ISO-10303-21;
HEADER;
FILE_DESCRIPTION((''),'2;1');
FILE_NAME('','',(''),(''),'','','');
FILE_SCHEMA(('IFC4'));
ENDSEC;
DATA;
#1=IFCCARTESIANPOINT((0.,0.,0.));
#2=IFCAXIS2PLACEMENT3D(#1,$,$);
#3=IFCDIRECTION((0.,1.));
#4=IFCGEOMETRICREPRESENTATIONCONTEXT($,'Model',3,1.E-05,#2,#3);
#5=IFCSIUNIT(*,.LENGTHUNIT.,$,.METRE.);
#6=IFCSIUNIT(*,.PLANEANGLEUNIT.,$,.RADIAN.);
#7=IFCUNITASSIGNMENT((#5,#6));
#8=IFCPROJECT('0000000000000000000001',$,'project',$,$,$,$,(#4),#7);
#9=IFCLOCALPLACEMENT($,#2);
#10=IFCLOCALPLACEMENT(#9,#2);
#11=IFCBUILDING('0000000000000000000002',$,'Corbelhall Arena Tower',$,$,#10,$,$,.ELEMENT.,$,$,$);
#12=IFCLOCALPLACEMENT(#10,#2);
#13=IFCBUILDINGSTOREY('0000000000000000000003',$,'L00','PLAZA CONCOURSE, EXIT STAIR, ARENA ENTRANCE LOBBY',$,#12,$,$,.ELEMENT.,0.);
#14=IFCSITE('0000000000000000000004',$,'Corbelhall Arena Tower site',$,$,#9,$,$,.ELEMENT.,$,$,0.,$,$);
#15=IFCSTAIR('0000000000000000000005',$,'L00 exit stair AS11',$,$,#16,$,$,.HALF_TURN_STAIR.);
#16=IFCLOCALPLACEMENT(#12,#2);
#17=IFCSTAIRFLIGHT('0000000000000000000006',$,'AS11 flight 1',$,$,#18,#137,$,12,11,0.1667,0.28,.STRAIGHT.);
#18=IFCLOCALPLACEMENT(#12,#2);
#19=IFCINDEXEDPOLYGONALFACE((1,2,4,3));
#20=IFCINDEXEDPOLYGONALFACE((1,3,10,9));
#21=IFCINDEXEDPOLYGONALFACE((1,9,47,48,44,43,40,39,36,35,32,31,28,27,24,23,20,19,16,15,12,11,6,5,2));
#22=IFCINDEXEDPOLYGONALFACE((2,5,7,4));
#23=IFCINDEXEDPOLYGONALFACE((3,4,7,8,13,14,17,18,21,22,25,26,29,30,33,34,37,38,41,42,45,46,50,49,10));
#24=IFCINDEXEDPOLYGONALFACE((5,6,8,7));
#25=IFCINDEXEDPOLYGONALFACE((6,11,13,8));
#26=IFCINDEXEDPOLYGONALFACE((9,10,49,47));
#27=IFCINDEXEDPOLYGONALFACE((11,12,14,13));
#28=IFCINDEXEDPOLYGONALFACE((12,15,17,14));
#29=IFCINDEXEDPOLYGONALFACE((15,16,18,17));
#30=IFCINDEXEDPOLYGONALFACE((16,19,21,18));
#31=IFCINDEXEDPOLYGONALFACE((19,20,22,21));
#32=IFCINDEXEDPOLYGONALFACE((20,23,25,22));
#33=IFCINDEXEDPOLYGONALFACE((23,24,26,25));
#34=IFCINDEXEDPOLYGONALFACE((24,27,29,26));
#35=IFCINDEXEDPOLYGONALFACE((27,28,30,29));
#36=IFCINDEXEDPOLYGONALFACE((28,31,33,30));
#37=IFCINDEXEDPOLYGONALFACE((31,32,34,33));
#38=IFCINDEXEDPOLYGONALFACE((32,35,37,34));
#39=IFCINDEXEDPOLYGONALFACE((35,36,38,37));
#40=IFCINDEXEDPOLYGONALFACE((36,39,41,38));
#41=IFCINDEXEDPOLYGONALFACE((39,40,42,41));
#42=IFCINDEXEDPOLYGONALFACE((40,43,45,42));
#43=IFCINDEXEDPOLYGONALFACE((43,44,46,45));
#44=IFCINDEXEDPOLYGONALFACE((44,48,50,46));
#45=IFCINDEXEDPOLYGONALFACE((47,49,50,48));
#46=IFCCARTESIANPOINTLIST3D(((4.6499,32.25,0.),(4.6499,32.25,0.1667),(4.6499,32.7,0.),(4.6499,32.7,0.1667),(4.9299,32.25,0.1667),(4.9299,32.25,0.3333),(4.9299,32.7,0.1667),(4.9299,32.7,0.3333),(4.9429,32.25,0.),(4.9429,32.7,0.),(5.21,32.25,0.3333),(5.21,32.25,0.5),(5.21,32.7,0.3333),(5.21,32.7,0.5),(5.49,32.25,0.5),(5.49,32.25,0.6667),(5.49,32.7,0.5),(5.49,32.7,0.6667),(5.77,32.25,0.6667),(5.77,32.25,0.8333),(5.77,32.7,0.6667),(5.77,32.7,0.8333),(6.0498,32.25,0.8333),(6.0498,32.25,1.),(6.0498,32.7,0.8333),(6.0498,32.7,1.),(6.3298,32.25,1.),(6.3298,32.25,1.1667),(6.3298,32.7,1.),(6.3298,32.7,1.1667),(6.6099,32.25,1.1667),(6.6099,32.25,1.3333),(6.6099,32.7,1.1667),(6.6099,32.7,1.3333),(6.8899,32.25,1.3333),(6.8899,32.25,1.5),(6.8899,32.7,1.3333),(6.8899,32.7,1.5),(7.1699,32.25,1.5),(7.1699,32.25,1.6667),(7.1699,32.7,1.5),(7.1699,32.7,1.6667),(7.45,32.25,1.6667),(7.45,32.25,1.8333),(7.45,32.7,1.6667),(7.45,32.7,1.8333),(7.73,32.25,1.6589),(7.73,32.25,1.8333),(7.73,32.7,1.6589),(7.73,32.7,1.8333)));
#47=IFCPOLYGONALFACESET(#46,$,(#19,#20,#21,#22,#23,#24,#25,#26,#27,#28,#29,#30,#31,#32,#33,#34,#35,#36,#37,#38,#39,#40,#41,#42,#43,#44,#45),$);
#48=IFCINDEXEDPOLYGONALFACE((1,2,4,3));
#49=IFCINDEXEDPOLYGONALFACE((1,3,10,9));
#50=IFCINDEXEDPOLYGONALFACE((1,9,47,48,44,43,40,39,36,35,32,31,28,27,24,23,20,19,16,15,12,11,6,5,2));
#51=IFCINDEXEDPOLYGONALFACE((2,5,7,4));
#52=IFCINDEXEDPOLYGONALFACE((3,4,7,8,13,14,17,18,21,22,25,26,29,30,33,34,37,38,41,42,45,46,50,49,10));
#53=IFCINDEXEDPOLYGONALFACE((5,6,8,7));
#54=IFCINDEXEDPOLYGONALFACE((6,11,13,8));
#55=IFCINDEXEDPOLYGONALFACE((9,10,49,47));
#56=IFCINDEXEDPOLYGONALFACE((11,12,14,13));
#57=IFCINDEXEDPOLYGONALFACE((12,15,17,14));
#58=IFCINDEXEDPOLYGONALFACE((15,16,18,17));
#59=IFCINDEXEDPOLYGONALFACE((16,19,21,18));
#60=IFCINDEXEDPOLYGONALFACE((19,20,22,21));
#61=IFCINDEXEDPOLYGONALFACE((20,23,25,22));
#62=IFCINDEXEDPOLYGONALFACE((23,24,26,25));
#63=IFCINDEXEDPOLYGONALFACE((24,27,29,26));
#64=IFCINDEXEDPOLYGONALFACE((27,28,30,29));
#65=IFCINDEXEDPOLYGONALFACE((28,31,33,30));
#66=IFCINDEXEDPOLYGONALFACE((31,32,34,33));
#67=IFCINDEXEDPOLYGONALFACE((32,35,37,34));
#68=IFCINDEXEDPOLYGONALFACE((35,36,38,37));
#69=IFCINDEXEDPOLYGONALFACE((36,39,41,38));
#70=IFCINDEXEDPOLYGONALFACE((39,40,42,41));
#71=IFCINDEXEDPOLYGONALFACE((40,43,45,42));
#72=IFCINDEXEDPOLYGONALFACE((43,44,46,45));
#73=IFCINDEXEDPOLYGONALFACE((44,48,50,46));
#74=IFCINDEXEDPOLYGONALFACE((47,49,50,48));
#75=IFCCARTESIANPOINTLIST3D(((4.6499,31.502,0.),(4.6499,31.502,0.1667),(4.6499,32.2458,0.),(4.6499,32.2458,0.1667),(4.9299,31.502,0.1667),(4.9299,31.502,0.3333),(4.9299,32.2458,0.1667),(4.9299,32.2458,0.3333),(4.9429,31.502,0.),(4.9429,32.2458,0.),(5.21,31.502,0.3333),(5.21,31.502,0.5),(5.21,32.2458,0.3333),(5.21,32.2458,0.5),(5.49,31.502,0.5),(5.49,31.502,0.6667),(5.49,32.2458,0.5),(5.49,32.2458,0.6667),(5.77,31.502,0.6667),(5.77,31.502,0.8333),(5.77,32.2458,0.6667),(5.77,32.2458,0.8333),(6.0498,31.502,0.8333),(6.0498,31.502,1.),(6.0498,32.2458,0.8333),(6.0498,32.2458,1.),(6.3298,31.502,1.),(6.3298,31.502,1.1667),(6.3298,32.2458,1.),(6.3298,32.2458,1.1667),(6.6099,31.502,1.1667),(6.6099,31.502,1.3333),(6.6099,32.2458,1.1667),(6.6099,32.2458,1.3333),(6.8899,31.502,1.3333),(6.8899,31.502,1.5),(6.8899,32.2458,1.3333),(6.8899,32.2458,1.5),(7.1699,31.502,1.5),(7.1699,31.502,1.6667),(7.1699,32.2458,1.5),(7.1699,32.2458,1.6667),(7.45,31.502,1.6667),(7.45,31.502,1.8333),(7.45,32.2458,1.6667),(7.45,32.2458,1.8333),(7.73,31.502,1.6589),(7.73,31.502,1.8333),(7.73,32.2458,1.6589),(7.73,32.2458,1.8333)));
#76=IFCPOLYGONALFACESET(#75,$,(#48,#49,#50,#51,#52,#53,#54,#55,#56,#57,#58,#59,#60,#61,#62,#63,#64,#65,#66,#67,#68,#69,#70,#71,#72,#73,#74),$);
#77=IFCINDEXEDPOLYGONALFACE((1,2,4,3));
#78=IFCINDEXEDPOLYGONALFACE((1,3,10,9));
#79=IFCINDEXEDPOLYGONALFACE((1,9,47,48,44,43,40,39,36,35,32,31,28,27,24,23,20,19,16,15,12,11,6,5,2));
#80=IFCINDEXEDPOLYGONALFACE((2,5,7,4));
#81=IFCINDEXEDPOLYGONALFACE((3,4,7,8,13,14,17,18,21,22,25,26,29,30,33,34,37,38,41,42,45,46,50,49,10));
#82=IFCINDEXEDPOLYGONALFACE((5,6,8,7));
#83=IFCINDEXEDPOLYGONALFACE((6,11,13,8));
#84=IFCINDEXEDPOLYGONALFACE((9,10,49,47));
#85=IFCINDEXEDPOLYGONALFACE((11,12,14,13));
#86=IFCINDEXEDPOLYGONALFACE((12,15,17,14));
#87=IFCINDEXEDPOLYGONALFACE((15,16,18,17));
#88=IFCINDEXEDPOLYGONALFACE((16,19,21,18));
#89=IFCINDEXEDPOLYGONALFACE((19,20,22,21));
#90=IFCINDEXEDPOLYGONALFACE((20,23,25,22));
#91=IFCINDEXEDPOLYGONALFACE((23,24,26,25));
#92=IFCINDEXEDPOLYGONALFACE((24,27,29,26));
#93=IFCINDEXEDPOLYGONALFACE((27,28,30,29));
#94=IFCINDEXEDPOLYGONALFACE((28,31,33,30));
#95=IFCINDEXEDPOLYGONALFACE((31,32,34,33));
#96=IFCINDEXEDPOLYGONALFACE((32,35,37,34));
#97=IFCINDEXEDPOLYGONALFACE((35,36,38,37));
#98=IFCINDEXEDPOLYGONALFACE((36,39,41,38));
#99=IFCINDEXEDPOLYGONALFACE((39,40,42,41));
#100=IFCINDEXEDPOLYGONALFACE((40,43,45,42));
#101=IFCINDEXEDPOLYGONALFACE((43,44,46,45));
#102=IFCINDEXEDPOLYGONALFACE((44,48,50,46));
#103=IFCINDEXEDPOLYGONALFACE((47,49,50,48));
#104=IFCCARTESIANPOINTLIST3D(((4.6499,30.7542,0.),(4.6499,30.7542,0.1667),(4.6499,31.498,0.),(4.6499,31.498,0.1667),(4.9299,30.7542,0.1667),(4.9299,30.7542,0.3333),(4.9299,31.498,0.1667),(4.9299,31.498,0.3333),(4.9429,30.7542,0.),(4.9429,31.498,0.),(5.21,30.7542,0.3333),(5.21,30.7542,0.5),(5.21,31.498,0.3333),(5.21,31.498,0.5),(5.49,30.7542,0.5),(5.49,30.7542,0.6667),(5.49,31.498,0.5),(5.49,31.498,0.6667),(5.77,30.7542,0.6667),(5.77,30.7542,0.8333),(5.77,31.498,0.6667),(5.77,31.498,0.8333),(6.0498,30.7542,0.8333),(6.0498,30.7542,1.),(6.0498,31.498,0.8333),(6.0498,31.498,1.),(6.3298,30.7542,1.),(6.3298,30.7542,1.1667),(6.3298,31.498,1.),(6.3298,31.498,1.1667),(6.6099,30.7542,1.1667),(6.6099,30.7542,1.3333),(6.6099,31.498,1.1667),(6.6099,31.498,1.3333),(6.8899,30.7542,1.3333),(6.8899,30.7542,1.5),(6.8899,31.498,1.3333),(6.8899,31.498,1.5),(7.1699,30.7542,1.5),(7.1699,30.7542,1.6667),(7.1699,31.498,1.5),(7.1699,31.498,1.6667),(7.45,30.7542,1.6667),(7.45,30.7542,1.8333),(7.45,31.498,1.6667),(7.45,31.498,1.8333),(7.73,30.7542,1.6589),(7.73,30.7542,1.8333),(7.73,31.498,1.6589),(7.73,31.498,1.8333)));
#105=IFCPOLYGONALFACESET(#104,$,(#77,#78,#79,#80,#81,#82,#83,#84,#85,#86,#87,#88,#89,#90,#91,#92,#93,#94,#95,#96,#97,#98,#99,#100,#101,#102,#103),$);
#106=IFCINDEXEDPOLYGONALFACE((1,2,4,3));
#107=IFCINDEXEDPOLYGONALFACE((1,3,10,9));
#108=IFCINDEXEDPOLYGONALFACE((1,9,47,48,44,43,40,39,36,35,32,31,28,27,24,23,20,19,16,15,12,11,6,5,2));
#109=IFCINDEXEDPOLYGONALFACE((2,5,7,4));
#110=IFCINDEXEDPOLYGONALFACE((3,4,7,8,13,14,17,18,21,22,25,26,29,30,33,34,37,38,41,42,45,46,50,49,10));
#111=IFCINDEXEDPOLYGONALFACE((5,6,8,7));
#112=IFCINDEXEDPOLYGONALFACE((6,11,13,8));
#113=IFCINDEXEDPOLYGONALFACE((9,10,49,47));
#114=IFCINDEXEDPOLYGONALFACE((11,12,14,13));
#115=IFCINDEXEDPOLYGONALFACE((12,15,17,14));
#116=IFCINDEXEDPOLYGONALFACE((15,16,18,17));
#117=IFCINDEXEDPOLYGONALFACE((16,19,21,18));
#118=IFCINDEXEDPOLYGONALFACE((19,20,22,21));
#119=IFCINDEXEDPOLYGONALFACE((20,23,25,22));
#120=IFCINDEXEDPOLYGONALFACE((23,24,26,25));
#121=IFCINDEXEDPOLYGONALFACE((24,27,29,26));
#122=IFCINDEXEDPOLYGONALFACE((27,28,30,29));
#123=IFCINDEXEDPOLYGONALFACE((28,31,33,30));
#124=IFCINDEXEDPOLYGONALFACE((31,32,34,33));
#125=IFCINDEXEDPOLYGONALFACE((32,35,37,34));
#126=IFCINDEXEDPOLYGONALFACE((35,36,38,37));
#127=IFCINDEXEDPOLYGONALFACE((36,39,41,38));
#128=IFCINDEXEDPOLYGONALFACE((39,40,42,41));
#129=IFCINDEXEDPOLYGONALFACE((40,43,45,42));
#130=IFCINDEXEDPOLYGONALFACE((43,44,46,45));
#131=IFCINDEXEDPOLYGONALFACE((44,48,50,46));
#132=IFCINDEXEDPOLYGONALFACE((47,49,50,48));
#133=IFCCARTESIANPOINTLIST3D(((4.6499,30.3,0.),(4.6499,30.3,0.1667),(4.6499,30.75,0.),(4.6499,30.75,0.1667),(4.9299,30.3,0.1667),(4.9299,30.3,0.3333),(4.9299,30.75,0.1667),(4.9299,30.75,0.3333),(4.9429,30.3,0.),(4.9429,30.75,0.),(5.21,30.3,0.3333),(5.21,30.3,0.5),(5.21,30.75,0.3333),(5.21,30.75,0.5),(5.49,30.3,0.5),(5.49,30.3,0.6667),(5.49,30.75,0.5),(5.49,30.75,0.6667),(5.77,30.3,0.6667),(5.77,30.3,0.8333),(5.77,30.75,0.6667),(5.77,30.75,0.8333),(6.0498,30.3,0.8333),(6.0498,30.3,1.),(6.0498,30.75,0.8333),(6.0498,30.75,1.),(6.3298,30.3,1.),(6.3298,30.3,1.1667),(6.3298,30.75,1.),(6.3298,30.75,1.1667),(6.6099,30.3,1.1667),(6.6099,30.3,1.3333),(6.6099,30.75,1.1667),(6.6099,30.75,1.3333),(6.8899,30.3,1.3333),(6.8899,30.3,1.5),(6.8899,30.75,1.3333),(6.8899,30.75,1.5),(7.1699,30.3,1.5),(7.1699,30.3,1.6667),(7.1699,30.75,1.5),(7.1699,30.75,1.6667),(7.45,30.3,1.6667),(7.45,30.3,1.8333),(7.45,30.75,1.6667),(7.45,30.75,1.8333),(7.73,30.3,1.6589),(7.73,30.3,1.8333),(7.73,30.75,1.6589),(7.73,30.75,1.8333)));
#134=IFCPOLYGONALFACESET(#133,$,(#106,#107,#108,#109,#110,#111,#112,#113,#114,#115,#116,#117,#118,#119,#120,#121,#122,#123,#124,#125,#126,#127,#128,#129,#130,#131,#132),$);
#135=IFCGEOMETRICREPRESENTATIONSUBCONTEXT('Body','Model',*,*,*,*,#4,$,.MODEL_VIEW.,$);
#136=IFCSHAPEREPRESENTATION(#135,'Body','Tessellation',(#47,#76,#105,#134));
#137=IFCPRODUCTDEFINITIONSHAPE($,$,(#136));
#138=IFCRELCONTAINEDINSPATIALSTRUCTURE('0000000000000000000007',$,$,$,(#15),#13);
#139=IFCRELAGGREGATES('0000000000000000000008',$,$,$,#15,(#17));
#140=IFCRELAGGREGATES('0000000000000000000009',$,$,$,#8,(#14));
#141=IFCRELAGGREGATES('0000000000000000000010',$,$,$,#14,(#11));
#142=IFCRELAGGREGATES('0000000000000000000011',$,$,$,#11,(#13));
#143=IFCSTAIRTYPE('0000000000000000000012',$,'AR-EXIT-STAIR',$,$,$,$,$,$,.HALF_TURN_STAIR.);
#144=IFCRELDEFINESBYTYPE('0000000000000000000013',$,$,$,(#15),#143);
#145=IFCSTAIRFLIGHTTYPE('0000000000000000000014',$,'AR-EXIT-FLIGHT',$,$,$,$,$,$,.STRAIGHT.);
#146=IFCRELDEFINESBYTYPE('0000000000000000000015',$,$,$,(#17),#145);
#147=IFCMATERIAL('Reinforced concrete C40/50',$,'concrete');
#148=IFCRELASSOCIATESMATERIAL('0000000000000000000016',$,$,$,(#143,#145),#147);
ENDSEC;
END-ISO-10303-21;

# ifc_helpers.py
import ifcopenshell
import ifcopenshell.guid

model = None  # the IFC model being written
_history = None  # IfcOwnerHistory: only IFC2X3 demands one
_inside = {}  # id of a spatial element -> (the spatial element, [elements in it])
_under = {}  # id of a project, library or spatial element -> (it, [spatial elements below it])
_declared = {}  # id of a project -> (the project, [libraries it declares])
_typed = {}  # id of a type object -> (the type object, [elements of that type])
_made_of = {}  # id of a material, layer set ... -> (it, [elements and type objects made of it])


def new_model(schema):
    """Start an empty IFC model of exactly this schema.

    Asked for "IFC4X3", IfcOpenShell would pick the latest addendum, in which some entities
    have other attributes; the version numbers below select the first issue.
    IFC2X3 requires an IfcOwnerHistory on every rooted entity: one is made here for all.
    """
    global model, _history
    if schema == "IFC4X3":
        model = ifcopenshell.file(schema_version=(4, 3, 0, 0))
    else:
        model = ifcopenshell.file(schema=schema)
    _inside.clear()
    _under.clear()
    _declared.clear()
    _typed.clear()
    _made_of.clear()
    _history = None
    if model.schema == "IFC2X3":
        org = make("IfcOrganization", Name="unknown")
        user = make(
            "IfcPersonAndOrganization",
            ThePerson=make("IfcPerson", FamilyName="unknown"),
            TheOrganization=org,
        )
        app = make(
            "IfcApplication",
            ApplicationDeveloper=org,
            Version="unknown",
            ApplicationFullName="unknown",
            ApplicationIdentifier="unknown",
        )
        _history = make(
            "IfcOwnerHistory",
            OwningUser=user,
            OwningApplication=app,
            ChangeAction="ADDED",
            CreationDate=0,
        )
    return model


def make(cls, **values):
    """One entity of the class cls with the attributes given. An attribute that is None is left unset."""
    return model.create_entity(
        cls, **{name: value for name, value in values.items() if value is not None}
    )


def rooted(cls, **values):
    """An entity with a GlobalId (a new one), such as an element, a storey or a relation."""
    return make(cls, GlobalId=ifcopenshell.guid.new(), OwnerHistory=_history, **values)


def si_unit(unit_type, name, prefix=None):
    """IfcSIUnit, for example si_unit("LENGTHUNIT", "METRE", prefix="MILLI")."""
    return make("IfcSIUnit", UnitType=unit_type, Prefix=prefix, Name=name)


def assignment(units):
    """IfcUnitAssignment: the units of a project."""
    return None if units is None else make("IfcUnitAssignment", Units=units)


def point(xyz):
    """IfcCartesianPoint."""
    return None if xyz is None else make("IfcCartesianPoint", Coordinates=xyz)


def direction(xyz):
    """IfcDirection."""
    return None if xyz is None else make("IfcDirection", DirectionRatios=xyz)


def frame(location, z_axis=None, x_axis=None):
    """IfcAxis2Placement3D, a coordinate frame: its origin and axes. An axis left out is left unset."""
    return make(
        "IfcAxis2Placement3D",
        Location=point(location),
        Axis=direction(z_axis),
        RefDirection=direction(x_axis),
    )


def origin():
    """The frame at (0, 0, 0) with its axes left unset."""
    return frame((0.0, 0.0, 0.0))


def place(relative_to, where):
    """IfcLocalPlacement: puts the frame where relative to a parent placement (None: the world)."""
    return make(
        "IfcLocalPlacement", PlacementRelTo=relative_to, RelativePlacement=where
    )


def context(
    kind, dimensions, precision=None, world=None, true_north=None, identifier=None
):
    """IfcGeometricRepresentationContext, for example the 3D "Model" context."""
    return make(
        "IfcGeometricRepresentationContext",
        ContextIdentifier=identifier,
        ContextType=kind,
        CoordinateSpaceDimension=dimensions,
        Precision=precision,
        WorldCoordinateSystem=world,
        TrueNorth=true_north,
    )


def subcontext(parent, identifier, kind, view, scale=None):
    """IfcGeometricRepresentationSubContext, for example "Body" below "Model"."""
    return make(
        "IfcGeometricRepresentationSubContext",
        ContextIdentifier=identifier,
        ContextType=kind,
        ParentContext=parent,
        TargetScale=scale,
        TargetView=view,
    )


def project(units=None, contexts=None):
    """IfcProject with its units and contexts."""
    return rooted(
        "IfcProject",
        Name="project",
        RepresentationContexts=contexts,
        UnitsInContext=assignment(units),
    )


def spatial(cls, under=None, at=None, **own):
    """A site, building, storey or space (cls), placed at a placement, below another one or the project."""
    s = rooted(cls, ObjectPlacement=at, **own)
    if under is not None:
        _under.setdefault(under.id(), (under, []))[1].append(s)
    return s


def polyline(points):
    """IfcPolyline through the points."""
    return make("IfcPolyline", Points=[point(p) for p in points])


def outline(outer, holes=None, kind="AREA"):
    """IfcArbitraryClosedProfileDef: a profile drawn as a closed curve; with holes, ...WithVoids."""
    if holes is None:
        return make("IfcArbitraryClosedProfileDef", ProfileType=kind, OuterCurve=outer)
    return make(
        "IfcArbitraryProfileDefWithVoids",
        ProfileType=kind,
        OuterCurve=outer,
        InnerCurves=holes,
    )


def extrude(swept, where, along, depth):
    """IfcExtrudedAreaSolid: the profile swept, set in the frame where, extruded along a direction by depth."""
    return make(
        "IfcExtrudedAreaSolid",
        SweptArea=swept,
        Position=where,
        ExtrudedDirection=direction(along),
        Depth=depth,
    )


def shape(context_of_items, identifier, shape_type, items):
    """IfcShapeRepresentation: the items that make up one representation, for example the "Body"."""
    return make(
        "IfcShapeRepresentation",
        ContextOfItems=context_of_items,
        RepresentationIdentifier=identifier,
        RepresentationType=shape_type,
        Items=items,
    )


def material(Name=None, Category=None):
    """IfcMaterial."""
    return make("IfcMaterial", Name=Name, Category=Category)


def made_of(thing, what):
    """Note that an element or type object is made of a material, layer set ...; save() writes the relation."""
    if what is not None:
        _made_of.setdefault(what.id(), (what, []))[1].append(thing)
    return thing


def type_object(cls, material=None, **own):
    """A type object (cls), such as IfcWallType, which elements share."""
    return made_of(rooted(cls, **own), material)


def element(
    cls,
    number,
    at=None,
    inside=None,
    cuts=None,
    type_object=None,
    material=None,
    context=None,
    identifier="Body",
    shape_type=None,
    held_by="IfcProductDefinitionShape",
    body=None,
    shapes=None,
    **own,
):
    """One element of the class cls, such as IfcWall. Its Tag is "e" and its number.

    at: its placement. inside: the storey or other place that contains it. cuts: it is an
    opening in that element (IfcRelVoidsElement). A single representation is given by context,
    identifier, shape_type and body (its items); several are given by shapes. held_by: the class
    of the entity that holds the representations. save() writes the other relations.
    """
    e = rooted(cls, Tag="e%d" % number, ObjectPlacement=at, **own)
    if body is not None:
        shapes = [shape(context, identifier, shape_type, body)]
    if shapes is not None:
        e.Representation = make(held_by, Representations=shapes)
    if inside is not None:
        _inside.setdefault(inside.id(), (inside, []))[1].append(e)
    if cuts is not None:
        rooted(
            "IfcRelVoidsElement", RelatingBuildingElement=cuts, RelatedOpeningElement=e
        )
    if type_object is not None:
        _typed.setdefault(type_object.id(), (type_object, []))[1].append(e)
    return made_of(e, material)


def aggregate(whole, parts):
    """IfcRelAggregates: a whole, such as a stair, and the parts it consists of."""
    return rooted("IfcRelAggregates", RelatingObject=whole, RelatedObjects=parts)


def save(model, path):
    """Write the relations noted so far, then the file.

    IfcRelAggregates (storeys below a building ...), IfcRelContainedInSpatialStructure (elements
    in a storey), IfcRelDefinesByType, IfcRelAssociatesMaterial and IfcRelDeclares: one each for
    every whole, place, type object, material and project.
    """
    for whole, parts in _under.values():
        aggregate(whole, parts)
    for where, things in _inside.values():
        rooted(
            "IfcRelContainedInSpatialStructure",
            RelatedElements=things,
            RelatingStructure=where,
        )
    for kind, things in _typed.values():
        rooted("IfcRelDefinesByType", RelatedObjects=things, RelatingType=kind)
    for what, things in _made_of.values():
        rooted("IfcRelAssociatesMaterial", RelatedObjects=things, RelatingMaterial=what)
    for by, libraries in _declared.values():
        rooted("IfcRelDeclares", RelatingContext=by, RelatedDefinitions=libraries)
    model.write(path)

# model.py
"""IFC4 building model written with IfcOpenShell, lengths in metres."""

from ifc_helpers import new_model, si_unit, direction, frame, origin, place, context, subcontext, project, spatial, polyline, outline, extrude, material, type_object, element, aggregate, save


model = new_model("IFC4")

# Units and contexts
model_context = context("Model", 3, precision=1e-05, world=origin(), true_north=direction((0.0, 1.0)))
body_context = subcontext(model_context, "Body", "Model", "MODEL_VIEW")
ifc_project = project(units=[si_unit("LENGTHUNIT", "METRE"), si_unit("PLANEANGLEUNIT", "RADIAN")], contexts=[model_context])

# Site, building, storey
site_placement = place(None, origin())
site = spatial("IfcSite", under=ifc_project, at=site_placement, Name="Corbelhall Arena Tower site", CompositionType="ELEMENT", RefElevation=0.0)
building_placement = place(site_placement, origin())
building = spatial("IfcBuilding", under=site, at=building_placement, Name="Corbelhall Arena Tower", CompositionType="ELEMENT")
storey_placement = place(building_placement, origin())
storey = spatial("IfcBuildingStorey", under=building, at=storey_placement, Name="L00", Description="PLAZA CONCOURSE, EXIT STAIR, ARENA ENTRANCE LOBBY", CompositionType="ELEMENT", Elevation=0.0)

# Shared definitions
ifc_material_1 = material(Name="Reinforced concrete C40/50", Category="concrete")

# Stair, stair flight
stair_type = type_object("IfcStairType", Name="AR-EXIT-STAIR", PredefinedType="HALF_TURN_STAIR", material=ifc_material_1)
stair_1_placement = place(storey_placement, origin())
stair_1 = element("IfcStair", 1, at=stair_1_placement, inside=storey, type_object=stair_type, Name="L00 exit stair AS11", PredefinedType="HALF_TURN_STAIR")
stair_flight_type = type_object("IfcStairFlightType", Name="AR-EXIT-FLIGHT", PredefinedType="STRAIGHT", material=ifc_material_1)
stair_flight_1_placement = place(storey_placement, frame((4.6499, 31.5, 0.0), z_axis=(0.0, 0.0, 1.0), x_axis=(1.0, 0.0, 0.0)))
stair_flight_1 = element("IfcStairFlight", 2, at=stair_flight_1_placement, type_object=stair_flight_type, Name="AS11 flight 1", NumberOfRisers=12, NumberOfTreads=11, PredefinedType="STRAIGHT", RiserHeight=0.1667, TreadLength=0.28, context=body_context, shape_type="SweptSolid", body=[
    extrude(outline(polyline([(0.0, 0.0), (0.0, 0.1667), (0.28, 0.1667), (0.28, 0.3333), (0.5601, 0.3333), (0.5601, 0.5), (0.8401, 0.5), (0.8401, 0.6667), (1.1201, 0.6667), (1.1201, 0.8333), (1.3999, 0.8333), (1.3999, 1.0), (1.6799, 1.0), (1.6799, 1.1667), (1.96, 1.1667), (1.96, 1.3333), (2.24, 1.3333), (2.24, 1.5), (2.52, 1.5), (2.52, 1.6667), (2.8, 1.6667), (2.8, 1.8333), (3.0801, 1.8333), (3.0801, 2.0), (3.0801, 1.6589), (0.293, 0.0), (0.0, 0.0)])), frame((0.0, 1.2, 0.0), z_axis=(0.0, -1.0, 0.0), x_axis=(1.0, 0.0, 0.0)), (0.0, 0.0, 1.0), 0.45),
    extrude(outline(polyline([(0.0, 0.0), (0.0, 0.1667), (0.28, 0.1667), (0.28, 0.3333), (0.5601, 0.3333), (0.5601, 0.5), (0.8401, 0.5), (0.8401, 0.6667), (1.1201, 0.6667), (1.1201, 0.8333), (1.3999, 0.8333), (1.3999, 1.0), (1.6799, 1.0), (1.6799, 1.1667), (1.96, 1.1667), (1.96, 1.3333), (2.24, 1.3333), (2.24, 1.5), (2.52, 1.5), (2.52, 1.6667), (2.8, 1.6667), (2.8, 1.8333), (3.0801, 1.8333), (3.0801, 2.0), (3.0801, 1.6589), (0.293, 0.0), (0.0, 0.0)])), frame((0.0, 0.7458, 0.0), z_axis=(0.0, -1.0, 0.0), x_axis=(1.0, 0.0, 0.0)), (0.0, 0.0, 1.0), 0.7439),
    extrude(outline(polyline([(0.0, 0.0), (0.0, 0.1667), (0.28, 0.1667), (0.28, 0.3333), (0.5601, 0.3333), (0.5601, 0.5), (0.8401, 0.5), (0.8401, 0.6667), (1.1201, 0.6667), (1.1201, 0.8333), (1.3999, 0.8333), (1.3999, 1.0), (1.6799, 1.0), (1.6799, 1.1667), (1.96, 1.1667), (1.96, 1.3333), (2.24, 1.3333), (2.24, 1.5), (2.52, 1.5), (2.52, 1.6667), (2.8, 1.6667), (2.8, 1.8333), (3.0801, 1.8333), (3.0801, 2.0), (3.0801, 1.6589), (0.293, 0.0), (0.0, 0.0)])), frame((0.0, -0.002, 0.0), z_axis=(0.0, -1.0, 0.0), x_axis=(1.0, 0.0, 0.0)), (0.0, 0.0, 1.0), 0.7439),
    extrude(outline(polyline([(0.0, 0.0), (0.0, 0.1667), (0.28, 0.1667), (0.28, 0.3333), (0.5601, 0.3333), (0.5601, 0.5), (0.8401, 0.5), (0.8401, 0.6667), (1.1201, 0.6667), (1.1201, 0.8333), (1.3999, 0.8333), (1.3999, 1.0), (1.6799, 1.0), (1.6799, 1.1667), (1.96, 1.1667), (1.96, 1.3333), (2.24, 1.3333), (2.24, 1.5), (2.52, 1.5), (2.52, 1.6667), (2.8, 1.6667), (2.8, 1.8333), (3.0801, 1.8333), (3.0801, 2.0), (3.0801, 1.6589), (0.293, 0.0), (0.0, 0.0)])), frame((0.0, -0.75, 0.0), z_axis=(0.0, -1.0, 0.0), x_axis=(1.0, 0.0, 0.0)), (0.0, 0.0, 1.0), 0.45),
])
aggregate(stair_1, [stair_flight_1])

save(model, "model.ifc")
